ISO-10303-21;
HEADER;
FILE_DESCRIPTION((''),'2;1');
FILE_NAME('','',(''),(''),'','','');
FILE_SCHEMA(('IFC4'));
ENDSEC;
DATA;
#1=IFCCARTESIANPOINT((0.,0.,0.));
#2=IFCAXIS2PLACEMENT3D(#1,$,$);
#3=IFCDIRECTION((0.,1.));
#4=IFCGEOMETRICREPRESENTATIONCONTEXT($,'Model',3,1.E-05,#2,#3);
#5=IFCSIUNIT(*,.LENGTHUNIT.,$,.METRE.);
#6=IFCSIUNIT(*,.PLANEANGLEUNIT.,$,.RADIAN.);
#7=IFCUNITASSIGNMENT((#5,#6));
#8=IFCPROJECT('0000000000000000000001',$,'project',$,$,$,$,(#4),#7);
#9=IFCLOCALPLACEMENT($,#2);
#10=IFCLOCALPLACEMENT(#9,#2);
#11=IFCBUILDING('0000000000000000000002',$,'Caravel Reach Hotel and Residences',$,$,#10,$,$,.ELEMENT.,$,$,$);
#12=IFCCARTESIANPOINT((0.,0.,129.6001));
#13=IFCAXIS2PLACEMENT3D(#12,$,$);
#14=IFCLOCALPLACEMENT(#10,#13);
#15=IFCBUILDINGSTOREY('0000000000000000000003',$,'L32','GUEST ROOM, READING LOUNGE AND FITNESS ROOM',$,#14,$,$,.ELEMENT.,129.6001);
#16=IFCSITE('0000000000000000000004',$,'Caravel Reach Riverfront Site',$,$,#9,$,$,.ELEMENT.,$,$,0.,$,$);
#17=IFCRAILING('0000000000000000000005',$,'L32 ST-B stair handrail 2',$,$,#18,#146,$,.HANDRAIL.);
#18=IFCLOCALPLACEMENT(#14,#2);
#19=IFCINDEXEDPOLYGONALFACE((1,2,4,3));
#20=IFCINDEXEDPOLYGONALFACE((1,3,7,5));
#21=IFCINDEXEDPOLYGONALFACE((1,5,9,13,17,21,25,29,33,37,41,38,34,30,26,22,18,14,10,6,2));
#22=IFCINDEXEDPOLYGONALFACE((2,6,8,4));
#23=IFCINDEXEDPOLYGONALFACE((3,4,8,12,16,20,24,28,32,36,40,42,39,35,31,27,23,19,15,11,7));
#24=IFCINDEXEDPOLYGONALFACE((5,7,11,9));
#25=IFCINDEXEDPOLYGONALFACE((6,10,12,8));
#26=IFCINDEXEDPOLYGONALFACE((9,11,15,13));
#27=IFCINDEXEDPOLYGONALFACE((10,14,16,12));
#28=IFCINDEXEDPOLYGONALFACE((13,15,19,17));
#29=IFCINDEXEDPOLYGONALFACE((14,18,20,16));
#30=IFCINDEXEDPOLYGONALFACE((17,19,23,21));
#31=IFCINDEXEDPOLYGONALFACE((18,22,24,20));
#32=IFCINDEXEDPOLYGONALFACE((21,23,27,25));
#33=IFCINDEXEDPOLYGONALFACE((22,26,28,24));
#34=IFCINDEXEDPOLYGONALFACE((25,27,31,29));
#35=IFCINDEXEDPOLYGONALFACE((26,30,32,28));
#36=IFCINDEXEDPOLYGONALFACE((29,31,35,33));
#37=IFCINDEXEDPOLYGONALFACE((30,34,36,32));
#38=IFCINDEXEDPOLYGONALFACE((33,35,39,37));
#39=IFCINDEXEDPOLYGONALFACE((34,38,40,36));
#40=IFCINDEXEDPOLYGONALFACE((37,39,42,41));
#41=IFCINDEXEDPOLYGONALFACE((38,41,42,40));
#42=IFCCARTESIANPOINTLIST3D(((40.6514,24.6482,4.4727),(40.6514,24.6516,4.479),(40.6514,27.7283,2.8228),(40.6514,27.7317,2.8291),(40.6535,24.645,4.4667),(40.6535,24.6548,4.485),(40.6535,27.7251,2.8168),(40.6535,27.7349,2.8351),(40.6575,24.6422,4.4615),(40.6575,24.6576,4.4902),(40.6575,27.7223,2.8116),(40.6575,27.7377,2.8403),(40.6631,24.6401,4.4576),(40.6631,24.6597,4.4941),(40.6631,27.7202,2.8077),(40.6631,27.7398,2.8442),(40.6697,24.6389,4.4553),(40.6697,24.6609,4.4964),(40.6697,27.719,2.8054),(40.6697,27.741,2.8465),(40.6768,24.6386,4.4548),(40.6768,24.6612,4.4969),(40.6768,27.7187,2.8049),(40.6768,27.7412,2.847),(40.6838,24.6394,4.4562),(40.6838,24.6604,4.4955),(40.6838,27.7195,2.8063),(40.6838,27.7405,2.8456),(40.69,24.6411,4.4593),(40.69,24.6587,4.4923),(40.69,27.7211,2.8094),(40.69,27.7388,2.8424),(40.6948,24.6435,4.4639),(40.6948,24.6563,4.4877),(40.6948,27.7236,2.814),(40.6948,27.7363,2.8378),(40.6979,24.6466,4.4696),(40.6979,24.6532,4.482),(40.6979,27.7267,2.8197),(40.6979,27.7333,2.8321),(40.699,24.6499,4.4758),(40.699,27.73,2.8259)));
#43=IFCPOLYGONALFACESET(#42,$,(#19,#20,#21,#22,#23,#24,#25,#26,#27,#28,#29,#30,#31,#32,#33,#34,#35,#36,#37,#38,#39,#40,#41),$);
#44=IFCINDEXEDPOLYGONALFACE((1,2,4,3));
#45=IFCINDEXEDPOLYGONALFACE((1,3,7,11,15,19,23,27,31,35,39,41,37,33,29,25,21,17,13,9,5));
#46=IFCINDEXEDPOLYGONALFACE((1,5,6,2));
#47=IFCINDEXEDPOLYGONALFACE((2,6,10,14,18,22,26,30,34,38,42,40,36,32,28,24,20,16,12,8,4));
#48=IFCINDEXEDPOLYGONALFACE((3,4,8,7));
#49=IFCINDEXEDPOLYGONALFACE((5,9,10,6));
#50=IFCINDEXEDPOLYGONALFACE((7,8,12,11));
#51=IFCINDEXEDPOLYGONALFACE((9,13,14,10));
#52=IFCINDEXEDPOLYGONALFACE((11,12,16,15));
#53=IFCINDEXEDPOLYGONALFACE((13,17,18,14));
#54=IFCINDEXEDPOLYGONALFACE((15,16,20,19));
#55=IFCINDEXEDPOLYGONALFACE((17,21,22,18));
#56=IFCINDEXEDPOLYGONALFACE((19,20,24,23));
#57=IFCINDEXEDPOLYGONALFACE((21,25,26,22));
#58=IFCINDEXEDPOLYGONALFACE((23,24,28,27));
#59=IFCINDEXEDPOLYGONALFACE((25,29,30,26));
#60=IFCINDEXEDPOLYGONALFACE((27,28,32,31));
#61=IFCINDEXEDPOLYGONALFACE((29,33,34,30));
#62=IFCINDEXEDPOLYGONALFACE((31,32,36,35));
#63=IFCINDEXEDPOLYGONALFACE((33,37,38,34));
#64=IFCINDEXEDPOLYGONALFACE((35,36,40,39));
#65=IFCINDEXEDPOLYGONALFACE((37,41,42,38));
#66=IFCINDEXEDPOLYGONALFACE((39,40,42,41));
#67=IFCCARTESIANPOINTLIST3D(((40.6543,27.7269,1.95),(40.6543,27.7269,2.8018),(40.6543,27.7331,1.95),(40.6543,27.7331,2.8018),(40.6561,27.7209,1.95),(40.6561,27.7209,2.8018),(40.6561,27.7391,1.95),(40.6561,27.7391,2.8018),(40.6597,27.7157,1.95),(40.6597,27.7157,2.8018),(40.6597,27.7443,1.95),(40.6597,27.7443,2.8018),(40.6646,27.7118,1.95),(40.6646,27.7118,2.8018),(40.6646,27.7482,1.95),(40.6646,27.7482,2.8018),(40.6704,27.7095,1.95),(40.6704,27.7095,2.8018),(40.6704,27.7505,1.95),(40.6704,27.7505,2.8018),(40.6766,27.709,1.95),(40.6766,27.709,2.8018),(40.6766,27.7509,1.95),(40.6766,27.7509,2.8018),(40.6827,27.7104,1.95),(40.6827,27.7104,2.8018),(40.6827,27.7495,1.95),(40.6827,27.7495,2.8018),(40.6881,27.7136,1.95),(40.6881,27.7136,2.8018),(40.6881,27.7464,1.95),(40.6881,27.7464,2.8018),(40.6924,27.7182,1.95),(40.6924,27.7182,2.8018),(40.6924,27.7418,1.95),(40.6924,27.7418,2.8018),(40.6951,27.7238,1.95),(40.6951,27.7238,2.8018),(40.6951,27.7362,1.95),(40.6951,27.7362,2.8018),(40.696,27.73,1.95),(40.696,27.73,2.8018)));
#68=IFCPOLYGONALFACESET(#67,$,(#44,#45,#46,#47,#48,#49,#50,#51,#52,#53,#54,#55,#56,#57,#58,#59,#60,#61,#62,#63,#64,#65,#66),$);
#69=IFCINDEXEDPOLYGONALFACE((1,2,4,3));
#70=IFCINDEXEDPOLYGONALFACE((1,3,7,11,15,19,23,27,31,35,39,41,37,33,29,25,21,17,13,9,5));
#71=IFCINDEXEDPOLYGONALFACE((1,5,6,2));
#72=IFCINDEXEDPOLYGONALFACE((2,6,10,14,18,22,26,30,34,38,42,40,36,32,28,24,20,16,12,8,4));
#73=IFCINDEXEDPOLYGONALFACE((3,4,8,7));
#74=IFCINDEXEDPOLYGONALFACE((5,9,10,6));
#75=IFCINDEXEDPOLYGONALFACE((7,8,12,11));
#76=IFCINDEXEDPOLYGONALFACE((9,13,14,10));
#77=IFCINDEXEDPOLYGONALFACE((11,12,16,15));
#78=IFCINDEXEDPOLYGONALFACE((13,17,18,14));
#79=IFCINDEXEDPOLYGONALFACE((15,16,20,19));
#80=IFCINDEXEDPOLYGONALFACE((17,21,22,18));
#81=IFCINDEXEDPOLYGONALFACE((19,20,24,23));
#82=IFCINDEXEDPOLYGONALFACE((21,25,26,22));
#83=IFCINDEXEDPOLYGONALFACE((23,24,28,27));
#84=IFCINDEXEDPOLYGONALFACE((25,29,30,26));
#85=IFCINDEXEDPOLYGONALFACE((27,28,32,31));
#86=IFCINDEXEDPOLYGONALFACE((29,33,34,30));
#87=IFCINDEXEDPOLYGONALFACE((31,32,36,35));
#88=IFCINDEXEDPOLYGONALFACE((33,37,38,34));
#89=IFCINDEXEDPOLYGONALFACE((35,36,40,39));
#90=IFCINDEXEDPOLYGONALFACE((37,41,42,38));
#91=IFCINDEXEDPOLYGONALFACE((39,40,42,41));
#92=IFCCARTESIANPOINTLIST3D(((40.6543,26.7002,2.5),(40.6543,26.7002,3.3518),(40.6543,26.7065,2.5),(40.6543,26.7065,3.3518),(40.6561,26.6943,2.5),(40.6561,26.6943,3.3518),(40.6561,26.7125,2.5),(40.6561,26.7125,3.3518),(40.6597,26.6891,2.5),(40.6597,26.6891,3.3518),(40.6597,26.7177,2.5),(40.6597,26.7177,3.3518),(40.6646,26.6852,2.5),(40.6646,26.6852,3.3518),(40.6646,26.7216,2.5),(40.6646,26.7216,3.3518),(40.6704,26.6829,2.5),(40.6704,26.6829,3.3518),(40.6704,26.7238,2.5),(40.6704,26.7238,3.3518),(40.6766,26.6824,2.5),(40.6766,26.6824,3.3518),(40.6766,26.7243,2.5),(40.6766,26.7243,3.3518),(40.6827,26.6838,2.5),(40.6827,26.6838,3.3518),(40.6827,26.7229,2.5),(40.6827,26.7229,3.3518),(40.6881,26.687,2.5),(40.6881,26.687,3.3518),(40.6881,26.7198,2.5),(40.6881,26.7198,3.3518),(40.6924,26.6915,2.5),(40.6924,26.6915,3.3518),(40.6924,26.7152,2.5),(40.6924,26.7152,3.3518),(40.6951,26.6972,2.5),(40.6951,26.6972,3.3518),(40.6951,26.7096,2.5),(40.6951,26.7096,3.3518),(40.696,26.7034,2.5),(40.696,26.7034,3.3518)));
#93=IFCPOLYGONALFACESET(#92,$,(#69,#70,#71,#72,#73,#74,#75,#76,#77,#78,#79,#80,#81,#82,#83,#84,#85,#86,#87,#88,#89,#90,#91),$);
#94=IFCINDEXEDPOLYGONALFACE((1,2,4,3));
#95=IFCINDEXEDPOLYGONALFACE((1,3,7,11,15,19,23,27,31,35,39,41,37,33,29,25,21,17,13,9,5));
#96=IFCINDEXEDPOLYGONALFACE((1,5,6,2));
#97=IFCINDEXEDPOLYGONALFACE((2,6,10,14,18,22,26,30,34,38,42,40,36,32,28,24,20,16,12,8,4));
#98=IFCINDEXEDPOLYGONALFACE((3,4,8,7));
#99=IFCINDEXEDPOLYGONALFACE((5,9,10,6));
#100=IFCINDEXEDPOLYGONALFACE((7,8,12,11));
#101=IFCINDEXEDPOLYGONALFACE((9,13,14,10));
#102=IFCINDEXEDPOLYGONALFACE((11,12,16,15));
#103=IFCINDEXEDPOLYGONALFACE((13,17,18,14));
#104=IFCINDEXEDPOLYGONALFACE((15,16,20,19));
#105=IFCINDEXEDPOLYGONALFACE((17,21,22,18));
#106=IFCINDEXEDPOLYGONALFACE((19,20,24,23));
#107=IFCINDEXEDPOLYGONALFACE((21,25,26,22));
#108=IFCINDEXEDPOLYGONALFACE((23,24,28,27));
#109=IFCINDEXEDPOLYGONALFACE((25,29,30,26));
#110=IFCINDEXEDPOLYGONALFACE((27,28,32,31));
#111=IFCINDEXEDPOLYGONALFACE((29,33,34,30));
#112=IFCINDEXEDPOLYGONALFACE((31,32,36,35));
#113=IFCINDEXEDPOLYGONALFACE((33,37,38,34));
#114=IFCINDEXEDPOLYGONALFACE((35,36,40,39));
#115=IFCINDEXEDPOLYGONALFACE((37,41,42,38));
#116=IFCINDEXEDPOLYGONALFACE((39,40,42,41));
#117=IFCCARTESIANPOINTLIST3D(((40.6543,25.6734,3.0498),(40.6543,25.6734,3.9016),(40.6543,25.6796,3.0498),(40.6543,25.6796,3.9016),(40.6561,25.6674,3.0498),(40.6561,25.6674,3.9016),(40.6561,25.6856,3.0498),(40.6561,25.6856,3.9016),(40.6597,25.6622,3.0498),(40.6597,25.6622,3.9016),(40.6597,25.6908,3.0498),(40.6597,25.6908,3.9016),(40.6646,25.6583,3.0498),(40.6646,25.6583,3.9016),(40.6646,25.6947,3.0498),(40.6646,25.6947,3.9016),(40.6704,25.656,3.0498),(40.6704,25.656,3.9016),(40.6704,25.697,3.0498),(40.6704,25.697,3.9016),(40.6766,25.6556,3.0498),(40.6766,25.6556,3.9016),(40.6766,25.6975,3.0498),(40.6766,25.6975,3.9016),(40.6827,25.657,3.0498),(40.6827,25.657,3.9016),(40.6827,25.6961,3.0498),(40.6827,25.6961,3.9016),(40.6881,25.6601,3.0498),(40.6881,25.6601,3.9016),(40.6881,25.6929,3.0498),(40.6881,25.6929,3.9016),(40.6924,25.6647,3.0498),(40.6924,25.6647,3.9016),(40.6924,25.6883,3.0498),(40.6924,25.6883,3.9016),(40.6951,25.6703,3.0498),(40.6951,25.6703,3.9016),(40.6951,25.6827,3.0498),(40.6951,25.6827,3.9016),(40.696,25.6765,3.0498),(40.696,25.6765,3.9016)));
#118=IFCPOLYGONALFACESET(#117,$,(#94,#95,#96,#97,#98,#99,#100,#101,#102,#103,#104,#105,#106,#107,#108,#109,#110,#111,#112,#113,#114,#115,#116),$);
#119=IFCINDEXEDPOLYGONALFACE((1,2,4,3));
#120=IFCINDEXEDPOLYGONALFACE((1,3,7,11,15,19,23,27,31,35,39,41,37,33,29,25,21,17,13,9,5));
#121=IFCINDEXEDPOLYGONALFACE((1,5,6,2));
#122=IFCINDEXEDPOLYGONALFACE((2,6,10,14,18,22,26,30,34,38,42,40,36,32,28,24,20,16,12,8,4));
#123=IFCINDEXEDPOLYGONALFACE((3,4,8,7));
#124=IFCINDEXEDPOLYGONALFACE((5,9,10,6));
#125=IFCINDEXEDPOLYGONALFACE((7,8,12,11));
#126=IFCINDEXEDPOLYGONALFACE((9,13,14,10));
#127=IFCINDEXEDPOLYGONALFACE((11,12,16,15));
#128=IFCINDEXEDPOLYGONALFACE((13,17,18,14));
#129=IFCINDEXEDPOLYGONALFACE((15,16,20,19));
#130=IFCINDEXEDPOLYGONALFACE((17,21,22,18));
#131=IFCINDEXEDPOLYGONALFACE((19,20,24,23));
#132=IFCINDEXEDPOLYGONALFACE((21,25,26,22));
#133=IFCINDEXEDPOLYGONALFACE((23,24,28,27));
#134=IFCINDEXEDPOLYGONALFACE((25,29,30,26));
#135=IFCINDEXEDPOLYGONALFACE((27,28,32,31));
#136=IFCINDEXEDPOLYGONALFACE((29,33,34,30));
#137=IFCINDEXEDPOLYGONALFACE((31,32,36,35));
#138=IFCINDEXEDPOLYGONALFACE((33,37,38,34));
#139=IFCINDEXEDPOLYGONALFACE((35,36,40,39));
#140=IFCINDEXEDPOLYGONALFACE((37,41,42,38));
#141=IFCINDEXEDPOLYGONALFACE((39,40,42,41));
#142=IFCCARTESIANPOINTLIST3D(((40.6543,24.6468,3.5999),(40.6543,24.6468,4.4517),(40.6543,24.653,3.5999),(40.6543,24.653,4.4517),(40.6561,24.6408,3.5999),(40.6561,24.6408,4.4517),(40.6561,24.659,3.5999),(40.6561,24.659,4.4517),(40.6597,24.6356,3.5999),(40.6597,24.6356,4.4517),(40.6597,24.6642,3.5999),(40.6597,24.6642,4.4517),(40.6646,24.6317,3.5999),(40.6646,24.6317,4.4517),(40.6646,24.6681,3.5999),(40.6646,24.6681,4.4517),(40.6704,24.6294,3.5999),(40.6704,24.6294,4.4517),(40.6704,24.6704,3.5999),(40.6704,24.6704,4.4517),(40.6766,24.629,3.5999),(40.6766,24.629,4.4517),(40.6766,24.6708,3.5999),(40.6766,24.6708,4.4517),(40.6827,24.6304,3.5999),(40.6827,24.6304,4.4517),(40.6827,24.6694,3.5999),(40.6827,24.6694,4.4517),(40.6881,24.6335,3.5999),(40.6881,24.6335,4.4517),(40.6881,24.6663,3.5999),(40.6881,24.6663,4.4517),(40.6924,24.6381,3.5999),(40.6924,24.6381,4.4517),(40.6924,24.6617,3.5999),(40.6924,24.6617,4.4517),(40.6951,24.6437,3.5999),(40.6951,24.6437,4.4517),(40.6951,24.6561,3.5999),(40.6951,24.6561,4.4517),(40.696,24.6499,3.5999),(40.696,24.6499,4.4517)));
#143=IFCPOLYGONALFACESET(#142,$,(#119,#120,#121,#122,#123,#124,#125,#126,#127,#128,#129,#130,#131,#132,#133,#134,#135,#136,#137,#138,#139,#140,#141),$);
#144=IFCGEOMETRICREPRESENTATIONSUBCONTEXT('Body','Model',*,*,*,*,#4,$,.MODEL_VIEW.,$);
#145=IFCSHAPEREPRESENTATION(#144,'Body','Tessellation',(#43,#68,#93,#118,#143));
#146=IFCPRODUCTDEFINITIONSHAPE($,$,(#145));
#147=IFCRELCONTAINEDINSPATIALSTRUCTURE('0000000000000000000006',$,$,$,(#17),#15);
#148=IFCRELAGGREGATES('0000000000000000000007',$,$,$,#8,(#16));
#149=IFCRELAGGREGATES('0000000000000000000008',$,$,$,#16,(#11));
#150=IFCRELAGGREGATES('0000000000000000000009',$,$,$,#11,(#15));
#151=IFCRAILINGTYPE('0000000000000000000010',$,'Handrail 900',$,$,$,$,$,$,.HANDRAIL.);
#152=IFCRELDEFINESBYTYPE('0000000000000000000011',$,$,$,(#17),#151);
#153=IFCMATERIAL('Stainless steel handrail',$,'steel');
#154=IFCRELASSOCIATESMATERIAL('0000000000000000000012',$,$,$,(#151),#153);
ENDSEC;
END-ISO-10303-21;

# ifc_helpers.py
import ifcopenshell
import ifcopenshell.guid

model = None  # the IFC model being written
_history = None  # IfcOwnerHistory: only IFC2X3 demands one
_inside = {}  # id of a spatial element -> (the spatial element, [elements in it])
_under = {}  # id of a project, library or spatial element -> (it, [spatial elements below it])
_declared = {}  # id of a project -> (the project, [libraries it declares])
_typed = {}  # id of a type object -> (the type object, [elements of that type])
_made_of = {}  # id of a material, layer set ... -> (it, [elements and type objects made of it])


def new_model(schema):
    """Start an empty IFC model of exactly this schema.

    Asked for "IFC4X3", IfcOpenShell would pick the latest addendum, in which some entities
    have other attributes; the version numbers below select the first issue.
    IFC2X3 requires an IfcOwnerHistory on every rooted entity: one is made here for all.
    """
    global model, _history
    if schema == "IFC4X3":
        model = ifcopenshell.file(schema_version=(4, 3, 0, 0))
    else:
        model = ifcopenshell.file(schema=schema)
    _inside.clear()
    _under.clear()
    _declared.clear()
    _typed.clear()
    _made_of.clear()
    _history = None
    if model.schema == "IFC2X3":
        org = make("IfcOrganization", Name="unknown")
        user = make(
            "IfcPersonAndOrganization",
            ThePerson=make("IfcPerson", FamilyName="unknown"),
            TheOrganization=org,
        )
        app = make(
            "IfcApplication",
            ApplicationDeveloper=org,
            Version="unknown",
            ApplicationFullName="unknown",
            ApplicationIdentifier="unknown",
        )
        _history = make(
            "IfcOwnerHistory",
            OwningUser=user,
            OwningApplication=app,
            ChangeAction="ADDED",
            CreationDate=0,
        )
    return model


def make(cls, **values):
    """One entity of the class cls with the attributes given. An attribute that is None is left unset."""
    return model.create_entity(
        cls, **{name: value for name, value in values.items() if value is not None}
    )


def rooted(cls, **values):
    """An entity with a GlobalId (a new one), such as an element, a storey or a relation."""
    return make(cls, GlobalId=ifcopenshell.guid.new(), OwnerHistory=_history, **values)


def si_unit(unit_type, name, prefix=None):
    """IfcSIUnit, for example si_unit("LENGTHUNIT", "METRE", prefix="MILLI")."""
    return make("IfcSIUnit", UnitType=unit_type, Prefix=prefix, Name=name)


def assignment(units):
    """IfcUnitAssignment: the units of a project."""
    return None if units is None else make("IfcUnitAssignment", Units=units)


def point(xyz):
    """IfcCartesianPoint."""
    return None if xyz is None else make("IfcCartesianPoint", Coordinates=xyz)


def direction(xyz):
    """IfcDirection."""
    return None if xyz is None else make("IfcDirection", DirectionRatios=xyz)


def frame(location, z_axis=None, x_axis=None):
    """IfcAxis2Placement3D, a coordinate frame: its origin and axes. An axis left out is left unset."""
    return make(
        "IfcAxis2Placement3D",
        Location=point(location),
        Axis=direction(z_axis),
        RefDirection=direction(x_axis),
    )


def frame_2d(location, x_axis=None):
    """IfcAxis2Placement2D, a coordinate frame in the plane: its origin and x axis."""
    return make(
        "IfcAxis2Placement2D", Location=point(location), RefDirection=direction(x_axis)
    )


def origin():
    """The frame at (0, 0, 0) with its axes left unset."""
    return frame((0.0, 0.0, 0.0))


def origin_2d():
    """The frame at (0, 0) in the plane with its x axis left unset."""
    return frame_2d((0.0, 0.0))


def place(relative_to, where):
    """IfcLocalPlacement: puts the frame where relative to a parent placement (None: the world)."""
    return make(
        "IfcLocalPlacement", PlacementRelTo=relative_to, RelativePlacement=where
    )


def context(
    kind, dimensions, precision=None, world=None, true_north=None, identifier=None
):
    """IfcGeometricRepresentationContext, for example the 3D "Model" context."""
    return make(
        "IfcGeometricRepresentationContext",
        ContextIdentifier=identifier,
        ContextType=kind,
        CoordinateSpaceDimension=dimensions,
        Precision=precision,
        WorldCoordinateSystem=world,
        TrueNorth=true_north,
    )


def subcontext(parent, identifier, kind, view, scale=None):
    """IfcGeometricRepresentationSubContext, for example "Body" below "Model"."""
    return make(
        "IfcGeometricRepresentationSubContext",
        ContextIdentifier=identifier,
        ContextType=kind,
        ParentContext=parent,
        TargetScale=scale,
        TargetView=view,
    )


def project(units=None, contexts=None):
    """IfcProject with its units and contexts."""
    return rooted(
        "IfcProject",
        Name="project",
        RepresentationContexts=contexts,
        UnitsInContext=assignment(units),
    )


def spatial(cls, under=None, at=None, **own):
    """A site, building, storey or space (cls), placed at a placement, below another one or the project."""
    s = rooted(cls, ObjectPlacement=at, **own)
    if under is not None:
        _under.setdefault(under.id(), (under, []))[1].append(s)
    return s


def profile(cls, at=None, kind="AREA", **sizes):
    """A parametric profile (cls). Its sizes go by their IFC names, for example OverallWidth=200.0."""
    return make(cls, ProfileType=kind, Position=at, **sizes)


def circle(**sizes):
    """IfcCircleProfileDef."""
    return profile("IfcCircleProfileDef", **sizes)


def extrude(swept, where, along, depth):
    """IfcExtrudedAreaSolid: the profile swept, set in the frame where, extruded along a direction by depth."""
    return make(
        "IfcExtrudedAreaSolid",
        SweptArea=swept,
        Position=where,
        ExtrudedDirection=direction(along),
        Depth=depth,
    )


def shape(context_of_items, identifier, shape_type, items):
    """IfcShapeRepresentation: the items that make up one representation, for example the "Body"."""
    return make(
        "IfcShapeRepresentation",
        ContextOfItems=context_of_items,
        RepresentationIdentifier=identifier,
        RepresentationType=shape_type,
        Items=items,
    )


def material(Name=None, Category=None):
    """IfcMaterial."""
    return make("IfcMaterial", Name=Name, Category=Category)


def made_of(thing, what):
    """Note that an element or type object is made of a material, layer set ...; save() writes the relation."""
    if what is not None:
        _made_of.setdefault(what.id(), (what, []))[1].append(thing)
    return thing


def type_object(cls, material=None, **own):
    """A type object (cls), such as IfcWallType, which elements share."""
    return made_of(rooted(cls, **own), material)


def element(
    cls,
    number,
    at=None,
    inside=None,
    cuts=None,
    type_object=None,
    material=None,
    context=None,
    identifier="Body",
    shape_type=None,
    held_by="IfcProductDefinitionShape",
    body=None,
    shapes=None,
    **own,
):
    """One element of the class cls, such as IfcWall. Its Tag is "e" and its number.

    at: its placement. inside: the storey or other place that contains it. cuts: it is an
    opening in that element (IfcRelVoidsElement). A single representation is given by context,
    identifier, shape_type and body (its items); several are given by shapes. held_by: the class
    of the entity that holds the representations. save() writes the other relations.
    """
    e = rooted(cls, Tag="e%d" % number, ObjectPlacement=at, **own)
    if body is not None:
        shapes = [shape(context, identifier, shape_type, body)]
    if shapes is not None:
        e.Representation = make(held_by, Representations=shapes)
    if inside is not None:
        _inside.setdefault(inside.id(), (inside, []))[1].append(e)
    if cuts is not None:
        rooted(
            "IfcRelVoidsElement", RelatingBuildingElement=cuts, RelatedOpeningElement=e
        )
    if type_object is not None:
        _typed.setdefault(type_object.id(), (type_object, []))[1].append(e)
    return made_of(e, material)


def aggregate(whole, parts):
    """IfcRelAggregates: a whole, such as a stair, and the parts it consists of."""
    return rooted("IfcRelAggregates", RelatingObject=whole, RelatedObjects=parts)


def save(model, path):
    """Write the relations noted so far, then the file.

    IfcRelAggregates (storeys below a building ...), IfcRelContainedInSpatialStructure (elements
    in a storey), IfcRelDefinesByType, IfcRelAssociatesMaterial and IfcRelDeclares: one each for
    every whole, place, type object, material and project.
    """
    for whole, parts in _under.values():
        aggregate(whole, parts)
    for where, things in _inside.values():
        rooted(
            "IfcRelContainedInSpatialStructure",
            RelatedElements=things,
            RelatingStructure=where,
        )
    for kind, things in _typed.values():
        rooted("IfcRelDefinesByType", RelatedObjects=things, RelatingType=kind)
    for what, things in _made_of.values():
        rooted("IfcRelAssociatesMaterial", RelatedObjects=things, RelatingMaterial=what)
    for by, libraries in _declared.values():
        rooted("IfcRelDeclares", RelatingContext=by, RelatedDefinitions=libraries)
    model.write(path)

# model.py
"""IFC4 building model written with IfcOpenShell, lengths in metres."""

from ifc_helpers import new_model, si_unit, direction, frame, origin, origin_2d, place, context, subcontext, project, spatial, circle, extrude, material, type_object, element, save


model = new_model("IFC4")

# Units and contexts
model_context = context("Model", 3, precision=1e-05, world=origin(), true_north=direction((0.0, 1.0)))
body_context = subcontext(model_context, "Body", "Model", "MODEL_VIEW")
ifc_project = project(units=[si_unit("LENGTHUNIT", "METRE"), si_unit("PLANEANGLEUNIT", "RADIAN")], contexts=[model_context])

# Site, building, storey
site_placement = place(None, origin())
site = spatial("IfcSite", under=ifc_project, at=site_placement, Name="Caravel Reach Riverfront Site", CompositionType="ELEMENT", RefElevation=0.0)
building_placement = place(site_placement, origin())
building = spatial("IfcBuilding", under=site, at=building_placement, Name="Caravel Reach Hotel and Residences", CompositionType="ELEMENT")
storey_placement = place(building_placement, frame((0.0, 0.0, 129.6001)))
storey = spatial("IfcBuildingStorey", under=building, at=storey_placement, Name="L32", Description="GUEST ROOM, READING LOUNGE AND FITNESS ROOM", CompositionType="ELEMENT", Elevation=129.6001)

# Railing
ifc_material_1 = material(Name="Stainless steel handrail", Category="steel")
railing_type_1 = type_object("IfcRailingType", Name="Handrail 900", PredefinedType="HANDRAIL", material=ifc_material_1)
railing_1_placement = place(storey_placement, frame((40.675, 27.73, 1.95)))
element("IfcRailing", 1, at=railing_1_placement, inside=storey, type_object=railing_type_1, Name="L32 ST-B stair handrail 2", PredefinedType="HANDRAIL", context=body_context, shape_type="SweptSolid", body=[
    extrude(circle(Radius=0.0239, at=origin_2d()), frame((0.0, 0.0, 0.876), z_axis=(0.0, -0.881497, 0.47219), x_axis=(1.0, 0.0, 0.0)), (0.0, 0.0, 1.0), 3.4941),
    extrude(circle(Radius=0.021, at=origin_2d()), origin(), (0.0, 0.0, 1.0), 0.8518),
    extrude(circle(Radius=0.021, at=origin_2d()), frame((0.0, -1.0266, 0.55)), (0.0, 0.0, 1.0), 0.8518),
    extrude(circle(Radius=0.021, at=origin_2d()), frame((0.0, -2.0535, 1.0999)), (0.0, 0.0, 1.0), 0.8518),
    extrude(circle(Radius=0.021, at=origin_2d()), frame((0.0, -3.0801, 1.6499)), (0.0, 0.0, 1.0), 0.8518),
])

save(model, "model.ifc")
